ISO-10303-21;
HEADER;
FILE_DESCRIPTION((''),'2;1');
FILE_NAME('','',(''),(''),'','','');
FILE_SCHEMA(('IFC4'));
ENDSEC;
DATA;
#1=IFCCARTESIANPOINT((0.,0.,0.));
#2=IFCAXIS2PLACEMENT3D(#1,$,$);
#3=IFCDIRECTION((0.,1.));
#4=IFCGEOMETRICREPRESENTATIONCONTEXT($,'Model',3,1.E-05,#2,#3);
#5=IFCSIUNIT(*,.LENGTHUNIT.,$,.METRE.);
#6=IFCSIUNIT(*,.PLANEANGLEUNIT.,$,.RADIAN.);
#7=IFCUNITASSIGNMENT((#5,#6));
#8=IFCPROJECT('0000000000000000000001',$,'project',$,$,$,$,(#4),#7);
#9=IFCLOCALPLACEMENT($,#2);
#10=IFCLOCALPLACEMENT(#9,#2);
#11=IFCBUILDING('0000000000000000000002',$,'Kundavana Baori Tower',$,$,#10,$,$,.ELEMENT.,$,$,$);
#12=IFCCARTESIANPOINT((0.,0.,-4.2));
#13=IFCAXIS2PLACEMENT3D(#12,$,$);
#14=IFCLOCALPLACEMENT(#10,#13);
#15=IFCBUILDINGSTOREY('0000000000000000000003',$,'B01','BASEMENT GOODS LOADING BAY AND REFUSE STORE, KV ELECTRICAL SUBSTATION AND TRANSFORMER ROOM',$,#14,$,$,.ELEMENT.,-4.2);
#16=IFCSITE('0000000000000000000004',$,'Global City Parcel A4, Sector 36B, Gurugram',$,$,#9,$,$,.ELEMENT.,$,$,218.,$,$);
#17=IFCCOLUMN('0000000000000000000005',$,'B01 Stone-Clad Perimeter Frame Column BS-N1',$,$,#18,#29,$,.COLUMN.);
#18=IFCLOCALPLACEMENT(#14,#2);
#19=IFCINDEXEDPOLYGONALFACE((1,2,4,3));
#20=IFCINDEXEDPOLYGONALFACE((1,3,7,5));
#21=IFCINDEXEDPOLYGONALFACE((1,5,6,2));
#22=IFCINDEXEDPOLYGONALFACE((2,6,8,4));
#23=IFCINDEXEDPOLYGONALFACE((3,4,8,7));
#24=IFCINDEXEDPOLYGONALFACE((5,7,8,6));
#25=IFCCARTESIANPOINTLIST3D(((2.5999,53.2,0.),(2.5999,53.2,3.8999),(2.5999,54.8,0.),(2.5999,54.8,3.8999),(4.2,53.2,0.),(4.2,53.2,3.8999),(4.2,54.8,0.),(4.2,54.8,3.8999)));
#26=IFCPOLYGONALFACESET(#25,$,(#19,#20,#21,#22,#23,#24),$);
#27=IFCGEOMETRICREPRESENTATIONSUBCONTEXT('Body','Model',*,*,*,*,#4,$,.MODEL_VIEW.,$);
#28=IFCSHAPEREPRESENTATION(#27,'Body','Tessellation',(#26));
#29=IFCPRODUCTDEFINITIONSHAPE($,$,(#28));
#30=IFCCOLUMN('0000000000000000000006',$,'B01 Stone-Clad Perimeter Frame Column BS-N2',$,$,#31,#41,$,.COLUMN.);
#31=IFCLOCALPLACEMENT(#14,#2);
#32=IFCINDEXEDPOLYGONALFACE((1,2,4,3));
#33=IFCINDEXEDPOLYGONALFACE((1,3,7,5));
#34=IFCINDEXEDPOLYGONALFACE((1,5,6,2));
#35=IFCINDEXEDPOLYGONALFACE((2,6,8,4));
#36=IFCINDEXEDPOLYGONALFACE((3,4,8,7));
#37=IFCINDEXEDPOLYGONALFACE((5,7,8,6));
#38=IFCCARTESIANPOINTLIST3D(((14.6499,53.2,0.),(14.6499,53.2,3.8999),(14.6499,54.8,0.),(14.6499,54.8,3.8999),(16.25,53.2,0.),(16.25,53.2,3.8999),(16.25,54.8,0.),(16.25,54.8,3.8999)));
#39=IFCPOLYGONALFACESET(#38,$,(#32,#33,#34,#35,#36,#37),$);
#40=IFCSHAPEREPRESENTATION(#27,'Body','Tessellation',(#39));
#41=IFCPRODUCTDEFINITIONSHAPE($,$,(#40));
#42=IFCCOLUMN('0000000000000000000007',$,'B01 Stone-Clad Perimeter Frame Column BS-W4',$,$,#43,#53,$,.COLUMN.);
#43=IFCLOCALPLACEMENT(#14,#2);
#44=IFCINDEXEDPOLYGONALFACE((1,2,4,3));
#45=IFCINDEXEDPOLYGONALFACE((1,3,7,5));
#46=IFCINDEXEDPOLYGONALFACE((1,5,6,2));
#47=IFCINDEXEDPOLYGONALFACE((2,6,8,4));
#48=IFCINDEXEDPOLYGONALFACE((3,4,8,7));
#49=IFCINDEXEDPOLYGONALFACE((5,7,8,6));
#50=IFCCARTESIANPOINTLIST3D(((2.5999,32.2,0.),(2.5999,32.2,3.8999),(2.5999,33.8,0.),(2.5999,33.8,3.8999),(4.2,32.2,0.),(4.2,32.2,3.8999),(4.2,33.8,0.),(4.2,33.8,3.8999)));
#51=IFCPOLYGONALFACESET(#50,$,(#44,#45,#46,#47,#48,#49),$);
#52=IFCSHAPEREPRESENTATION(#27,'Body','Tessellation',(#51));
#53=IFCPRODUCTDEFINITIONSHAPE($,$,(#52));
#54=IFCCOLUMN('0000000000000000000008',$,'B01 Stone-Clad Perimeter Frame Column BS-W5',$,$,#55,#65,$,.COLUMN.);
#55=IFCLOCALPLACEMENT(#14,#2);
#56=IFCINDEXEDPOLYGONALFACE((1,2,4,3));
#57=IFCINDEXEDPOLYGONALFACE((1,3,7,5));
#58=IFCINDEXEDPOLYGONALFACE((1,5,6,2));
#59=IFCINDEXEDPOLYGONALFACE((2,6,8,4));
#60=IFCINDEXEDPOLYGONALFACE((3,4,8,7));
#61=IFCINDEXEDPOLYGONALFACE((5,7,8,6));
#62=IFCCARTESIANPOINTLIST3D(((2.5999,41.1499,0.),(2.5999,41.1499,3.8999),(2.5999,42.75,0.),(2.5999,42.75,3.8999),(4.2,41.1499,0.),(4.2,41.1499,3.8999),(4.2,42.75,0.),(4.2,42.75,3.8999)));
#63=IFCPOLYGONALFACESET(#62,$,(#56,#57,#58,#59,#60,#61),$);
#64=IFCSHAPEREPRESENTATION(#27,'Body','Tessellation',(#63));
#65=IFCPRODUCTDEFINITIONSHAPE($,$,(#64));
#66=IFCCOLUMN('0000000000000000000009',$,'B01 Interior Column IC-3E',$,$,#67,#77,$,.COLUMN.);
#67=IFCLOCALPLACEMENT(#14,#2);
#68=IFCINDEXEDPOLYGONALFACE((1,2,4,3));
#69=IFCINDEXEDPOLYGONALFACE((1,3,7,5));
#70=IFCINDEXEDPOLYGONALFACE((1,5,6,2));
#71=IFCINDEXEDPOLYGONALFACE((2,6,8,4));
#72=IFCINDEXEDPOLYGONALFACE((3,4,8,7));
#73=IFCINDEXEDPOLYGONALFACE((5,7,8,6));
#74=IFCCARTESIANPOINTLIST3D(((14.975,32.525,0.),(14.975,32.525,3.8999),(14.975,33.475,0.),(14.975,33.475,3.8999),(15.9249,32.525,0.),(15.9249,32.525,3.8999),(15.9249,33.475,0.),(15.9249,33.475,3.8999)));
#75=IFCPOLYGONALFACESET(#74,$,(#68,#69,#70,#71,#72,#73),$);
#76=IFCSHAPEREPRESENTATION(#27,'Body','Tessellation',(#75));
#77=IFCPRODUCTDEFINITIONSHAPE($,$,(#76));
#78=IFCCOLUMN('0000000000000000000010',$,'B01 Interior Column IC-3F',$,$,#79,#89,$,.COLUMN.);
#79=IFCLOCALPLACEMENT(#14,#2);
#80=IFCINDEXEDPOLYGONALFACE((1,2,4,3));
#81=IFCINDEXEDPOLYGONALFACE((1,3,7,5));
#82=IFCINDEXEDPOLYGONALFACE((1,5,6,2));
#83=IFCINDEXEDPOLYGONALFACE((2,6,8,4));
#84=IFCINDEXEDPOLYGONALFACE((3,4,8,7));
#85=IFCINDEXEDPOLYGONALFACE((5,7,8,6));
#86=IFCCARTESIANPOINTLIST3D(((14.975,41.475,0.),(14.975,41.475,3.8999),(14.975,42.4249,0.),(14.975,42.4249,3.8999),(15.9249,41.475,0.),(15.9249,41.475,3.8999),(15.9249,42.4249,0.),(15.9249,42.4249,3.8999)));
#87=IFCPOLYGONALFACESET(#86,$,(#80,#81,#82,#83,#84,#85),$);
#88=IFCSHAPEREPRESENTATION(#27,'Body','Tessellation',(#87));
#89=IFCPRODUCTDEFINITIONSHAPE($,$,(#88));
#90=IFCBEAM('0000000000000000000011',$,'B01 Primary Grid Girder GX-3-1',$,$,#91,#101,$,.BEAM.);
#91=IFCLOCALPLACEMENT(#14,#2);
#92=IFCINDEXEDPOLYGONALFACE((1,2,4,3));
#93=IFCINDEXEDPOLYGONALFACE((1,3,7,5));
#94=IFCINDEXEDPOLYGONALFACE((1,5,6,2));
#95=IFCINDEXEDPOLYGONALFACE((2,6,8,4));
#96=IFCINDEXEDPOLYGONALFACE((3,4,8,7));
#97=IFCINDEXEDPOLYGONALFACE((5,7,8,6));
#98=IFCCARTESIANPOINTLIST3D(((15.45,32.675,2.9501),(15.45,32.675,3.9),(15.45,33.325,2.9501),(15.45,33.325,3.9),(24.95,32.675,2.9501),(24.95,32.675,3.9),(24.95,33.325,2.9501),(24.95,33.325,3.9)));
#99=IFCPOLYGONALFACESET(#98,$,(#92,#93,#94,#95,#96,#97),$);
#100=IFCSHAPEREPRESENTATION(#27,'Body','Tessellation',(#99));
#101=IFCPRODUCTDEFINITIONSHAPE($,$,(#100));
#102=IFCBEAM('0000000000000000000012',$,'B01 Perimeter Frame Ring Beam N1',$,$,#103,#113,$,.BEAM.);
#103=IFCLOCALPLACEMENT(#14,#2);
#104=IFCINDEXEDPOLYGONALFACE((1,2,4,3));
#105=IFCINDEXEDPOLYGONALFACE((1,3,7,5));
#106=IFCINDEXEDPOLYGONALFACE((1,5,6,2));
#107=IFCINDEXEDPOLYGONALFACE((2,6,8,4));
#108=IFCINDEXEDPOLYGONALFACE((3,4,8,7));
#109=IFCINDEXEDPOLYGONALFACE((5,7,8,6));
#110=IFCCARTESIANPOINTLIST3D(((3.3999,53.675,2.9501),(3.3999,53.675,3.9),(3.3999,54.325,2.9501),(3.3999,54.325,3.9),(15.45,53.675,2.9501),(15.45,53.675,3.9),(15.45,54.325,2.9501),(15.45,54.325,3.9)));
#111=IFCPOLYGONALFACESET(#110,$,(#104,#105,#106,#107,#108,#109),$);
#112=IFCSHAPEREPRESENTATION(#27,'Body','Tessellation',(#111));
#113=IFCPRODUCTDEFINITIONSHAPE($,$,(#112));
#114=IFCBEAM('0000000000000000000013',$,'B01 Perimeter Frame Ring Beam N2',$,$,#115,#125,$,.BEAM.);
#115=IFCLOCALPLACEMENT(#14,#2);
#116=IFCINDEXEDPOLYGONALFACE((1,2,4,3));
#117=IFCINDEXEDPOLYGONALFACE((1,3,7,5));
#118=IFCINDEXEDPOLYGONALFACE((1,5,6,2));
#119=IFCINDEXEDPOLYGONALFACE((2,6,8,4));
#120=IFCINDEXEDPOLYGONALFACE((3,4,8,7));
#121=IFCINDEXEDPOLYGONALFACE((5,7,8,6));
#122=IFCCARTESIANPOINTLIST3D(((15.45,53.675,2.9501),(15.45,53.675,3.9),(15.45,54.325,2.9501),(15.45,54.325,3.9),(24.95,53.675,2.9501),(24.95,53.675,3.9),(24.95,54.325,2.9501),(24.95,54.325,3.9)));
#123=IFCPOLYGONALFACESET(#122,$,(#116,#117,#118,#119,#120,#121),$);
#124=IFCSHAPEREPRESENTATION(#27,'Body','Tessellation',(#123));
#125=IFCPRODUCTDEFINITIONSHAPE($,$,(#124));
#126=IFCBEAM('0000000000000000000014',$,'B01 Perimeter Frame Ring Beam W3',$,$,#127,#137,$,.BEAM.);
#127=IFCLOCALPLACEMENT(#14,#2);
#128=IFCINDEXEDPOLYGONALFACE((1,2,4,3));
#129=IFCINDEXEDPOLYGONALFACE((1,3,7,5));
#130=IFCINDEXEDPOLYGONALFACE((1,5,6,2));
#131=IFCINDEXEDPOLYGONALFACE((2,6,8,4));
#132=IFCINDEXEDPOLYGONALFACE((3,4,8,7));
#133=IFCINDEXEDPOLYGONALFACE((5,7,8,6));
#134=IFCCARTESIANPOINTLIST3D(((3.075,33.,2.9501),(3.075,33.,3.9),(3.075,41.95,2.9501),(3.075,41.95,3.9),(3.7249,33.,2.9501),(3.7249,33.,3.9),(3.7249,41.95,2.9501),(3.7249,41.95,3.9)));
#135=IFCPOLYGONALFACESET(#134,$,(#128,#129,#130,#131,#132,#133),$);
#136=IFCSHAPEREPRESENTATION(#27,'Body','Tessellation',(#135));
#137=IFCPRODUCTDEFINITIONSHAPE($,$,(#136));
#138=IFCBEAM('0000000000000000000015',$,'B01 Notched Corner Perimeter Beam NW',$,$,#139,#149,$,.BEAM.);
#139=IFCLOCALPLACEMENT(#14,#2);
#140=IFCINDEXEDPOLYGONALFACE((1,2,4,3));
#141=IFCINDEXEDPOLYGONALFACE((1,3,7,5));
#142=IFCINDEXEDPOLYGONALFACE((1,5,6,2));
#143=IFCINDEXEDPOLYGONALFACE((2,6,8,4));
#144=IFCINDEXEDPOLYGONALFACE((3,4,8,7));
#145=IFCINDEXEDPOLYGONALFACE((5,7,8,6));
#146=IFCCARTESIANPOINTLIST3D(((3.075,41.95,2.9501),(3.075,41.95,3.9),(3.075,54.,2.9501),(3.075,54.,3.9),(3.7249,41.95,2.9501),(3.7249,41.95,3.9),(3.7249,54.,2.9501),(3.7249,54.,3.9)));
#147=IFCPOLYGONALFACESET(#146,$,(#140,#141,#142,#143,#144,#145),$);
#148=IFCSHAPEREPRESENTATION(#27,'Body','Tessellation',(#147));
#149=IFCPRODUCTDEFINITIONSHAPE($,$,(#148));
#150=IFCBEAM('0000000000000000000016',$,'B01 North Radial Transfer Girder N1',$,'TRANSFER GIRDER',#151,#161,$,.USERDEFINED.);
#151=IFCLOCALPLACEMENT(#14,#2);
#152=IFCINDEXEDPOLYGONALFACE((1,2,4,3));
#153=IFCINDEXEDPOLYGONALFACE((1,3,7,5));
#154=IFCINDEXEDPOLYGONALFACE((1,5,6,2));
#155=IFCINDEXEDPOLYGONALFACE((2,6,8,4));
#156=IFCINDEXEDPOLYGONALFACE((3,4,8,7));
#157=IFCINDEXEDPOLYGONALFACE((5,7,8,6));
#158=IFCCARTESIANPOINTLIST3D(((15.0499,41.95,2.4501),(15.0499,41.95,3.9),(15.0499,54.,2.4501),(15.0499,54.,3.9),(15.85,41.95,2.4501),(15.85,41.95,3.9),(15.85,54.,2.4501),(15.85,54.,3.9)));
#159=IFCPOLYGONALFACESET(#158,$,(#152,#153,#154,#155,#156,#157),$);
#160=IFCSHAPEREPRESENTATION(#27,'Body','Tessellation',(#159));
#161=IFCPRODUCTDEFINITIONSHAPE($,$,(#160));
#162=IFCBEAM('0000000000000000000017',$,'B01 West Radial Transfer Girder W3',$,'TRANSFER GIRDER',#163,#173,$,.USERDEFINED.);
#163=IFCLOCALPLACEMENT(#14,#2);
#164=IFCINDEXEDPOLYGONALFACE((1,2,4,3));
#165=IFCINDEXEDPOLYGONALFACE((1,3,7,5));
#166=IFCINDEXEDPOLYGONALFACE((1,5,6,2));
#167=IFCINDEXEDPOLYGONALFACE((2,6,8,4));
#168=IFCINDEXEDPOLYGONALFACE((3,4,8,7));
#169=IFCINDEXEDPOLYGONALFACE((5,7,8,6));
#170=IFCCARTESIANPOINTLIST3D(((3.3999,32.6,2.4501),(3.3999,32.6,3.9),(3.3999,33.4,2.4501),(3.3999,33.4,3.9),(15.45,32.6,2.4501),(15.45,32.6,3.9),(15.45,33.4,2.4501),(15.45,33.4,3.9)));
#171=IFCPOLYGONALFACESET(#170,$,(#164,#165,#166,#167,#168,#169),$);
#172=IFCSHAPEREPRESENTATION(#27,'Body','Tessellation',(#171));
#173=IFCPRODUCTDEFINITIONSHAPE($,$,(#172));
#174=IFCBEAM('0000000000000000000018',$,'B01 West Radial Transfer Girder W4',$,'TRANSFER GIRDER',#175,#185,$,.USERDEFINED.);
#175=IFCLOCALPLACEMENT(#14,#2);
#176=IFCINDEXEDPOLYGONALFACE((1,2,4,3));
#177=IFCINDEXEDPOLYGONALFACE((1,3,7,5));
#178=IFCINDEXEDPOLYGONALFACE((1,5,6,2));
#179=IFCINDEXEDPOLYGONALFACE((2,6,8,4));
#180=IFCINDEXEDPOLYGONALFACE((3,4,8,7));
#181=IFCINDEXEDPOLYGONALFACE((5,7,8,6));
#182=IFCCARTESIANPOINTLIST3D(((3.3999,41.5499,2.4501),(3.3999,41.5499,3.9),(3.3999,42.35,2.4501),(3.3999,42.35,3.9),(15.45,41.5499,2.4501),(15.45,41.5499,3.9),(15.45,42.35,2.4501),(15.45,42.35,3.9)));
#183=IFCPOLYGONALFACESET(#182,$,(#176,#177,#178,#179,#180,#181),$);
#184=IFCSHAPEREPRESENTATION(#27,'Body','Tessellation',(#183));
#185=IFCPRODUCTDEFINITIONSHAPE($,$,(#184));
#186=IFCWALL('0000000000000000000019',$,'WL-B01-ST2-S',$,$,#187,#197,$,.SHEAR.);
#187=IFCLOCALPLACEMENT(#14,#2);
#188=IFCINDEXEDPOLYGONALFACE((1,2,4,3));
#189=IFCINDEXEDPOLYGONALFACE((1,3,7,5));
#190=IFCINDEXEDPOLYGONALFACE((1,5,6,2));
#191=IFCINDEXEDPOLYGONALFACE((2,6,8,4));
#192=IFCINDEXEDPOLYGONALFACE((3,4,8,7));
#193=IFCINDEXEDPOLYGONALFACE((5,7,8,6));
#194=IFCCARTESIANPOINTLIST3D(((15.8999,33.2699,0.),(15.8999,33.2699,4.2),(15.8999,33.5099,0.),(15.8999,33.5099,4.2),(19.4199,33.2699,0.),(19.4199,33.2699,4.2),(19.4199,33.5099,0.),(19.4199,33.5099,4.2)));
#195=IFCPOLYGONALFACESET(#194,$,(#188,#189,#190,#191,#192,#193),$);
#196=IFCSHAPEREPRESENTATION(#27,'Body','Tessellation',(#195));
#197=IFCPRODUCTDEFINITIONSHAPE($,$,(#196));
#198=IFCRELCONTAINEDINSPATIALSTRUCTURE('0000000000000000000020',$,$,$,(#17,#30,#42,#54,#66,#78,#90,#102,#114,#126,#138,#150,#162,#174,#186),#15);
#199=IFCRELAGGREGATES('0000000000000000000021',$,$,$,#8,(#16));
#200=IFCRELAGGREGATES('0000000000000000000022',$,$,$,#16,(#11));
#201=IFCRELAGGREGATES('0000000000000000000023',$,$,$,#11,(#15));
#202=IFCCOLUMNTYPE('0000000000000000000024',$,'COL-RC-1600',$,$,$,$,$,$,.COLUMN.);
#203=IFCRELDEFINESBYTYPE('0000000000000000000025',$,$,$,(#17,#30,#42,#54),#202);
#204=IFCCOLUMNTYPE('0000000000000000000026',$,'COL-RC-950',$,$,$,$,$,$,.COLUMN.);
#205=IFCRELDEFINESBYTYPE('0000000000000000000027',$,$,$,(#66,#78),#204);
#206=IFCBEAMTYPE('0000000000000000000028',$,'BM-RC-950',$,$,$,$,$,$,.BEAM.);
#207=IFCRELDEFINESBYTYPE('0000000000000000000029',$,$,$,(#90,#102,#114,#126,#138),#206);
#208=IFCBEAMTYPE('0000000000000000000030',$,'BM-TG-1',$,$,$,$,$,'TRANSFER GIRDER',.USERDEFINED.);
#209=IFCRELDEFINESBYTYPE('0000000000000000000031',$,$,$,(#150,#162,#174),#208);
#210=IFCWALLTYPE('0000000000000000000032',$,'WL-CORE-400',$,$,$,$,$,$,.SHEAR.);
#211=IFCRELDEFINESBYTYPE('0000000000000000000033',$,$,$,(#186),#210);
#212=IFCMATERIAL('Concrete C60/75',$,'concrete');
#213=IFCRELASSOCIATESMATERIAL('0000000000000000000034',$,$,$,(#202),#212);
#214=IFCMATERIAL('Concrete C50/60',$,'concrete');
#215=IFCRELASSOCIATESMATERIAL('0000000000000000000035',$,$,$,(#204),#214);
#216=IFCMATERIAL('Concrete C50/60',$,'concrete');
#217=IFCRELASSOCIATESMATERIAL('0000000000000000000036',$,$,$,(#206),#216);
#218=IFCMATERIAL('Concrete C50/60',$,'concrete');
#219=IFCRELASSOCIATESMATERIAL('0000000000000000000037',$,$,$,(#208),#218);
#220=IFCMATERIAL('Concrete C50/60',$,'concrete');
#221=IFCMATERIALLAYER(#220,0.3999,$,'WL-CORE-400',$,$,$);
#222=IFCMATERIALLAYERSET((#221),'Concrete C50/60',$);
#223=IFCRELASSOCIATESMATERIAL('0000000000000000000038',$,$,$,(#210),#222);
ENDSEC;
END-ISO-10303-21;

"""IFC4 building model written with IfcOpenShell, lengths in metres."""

from ifc_helpers import new_model, si_unit, direction, frame, frame_2d, origin, origin_2d, place, context, subcontext, project, spatial, rectangle, extrude, material, layer, layer_set, material_profile, profile_set, type_object, element, save


model = new_model("IFC4")

# Units and contexts
model_context = context("Model", 3, precision=1e-05, world=origin(), true_north=direction((0.0, 1.0)))
body_context = subcontext(model_context, "Body", "Model", "MODEL_VIEW")
ifc_project = project(units=[si_unit("LENGTHUNIT", "METRE"), si_unit("PLANEANGLEUNIT", "RADIAN")], contexts=[model_context])

# Site, building, storey
site_placement = place(None, origin())
site = spatial("IfcSite", under=ifc_project, at=site_placement, Name="Global City Parcel A4, Sector 36B, Gurugram", CompositionType="ELEMENT", RefElevation=218.0)
building_placement = place(site_placement, origin())
building = spatial("IfcBuilding", under=site, at=building_placement, Name="Kundavana Baori Tower", CompositionType="ELEMENT")
storey_placement = place(building_placement, frame((0.0, 0.0, -4.2)))
storey = spatial("IfcBuildingStorey", under=building, at=storey_placement, Name="B01", Description="BASEMENT GOODS LOADING BAY AND REFUSE STORE, KV ELECTRICAL SUBSTATION AND TRANSFORMER ROOM", CompositionType="ELEMENT", Elevation=-4.2)

# Columns
ifc_material_1 = material(Name="Concrete C60/75", Category="concrete")
ifc_material_profile_1 = material_profile(ifc_material_1, rectangle(XDim=1.6001, YDim=1.6001, at=origin_2d()), Name="RC 1600x1600")
ifc_profile_set_1 = profile_set([ifc_material_profile_1], Name="Concrete C60/75")
column_type_1 = type_object("IfcColumnType", Name="COL-RC-1600", PredefinedType="COLUMN", material=ifc_profile_set_1)
for number, where, z_axis, x_axis, name in (
    (1, (3.3999, 54.0, 0.0), (0.0, 0.0, 1.0), (1.0, 0.0, 0.0), "B01 Stone-Clad Perimeter Frame Column BS-N1"),
    (2, (15.45, 54.0, 0.0), (0.0, 0.0, 1.0), (1.0, 0.0, 0.0), "B01 Stone-Clad Perimeter Frame Column BS-N2"),
    (3, (3.3999, 33.0, 0.0), (0.0, 0.0, 1.0), (1.0, 0.0, 0.0), "B01 Stone-Clad Perimeter Frame Column BS-W4"),
    (4, (3.3999, 41.95, 0.0), (0.0, 0.0, 1.0), (1.0, 0.0, 0.0), "B01 Stone-Clad Perimeter Frame Column BS-W5"),
):
    element("IfcColumn", number, at=place(storey_placement, frame(where, z_axis=z_axis, x_axis=x_axis)), inside=storey, type_object=column_type_1, Name=name, PredefinedType="COLUMN", context=body_context, shape_type="SweptSolid", body=[
        extrude(rectangle(XDim=1.6001, YDim=1.6001, at=origin_2d()), origin(), (0.0, 0.0, 1.0), 3.8999),
    ])
ifc_material_2 = material(Name="Concrete C50/60", Category="concrete")
ifc_material_profile_2 = material_profile(ifc_material_2, rectangle(XDim=0.95, YDim=0.95, at=origin_2d()), Name="RC 950x950")
ifc_profile_set_2 = profile_set([ifc_material_profile_2], Name="Concrete C50/60")
column_type_2 = type_object("IfcColumnType", Name="COL-RC-950", PredefinedType="COLUMN", material=ifc_profile_set_2)
for number, where, z_axis, x_axis, name in (
    (5, (15.45, 33.0, 0.0), (0.0, 0.0, 1.0), (1.0, 0.0, 0.0), "B01 Interior Column IC-3E"),
    (6, (15.45, 41.95, 0.0), (0.0, 0.0, 1.0), (1.0, 0.0, 0.0), "B01 Interior Column IC-3F"),
):
    element("IfcColumn", number, at=place(storey_placement, frame(where, z_axis=z_axis, x_axis=x_axis)), inside=storey, type_object=column_type_2, Name=name, PredefinedType="COLUMN", context=body_context, shape_type="SweptSolid", body=[
        extrude(rectangle(XDim=0.95, YDim=0.95, at=origin_2d()), origin(), (0.0, 0.0, 1.0), 3.8999),
    ])

# Beams
ifc_material_3 = material(Name="Concrete C50/60", Category="concrete")
ifc_material_profile_3 = material_profile(ifc_material_3, rectangle(XDim=0.6499, YDim=0.95, at=origin_2d()), Name="RC BM 650x950")
ifc_profile_set_3 = profile_set([ifc_material_profile_3], Name="Concrete C50/60")
beam_type_1 = type_object("IfcBeamType", Name="BM-RC-950", PredefinedType="BEAM", material=ifc_profile_set_3)
beam_1_placement = place(storey_placement, frame((15.45, 33.0, 3.425), z_axis=(1.0, 0.0, 0.0), x_axis=(0.0, 1.0, 0.0)))
element("IfcBeam", 7, at=beam_1_placement, inside=storey, type_object=beam_type_1, Name="B01 Primary Grid Girder GX-3-1", PredefinedType="BEAM", context=body_context, shape_type="SweptSolid", body=[
    extrude(rectangle(XDim=0.6499, YDim=0.95, at=origin_2d()), origin(), (0.0, 0.0, 1.0), 9.5),
])
beam_2_placement = place(storey_placement, frame((3.3999, 54.0, 3.425), z_axis=(1.0, 0.0, 0.0), x_axis=(0.0, 1.0, 0.0)))
element("IfcBeam", 8, at=beam_2_placement, inside=storey, type_object=beam_type_1, Name="B01 Perimeter Frame Ring Beam N1", PredefinedType="BEAM", context=body_context, shape_type="SweptSolid", body=[
    extrude(rectangle(XDim=0.6499, YDim=0.95, at=origin_2d()), origin(), (0.0, 0.0, 1.0), 12.05),
])
beam_3_placement = place(storey_placement, frame((15.45, 54.0, 3.425), z_axis=(1.0, 0.0, 0.0), x_axis=(0.0, 1.0, 0.0)))
element("IfcBeam", 9, at=beam_3_placement, inside=storey, type_object=beam_type_1, Name="B01 Perimeter Frame Ring Beam N2", PredefinedType="BEAM", context=body_context, shape_type="SweptSolid", body=[
    extrude(rectangle(XDim=0.6499, YDim=0.95, at=origin_2d()), origin(), (0.0, 0.0, 1.0), 9.5),
])
beam_4_placement = place(storey_placement, frame((3.3999, 33.0, 3.425), z_axis=(0.0, 1.0, 0.0), x_axis=(-1.0, 0.0, 0.0)))
element("IfcBeam", 10, at=beam_4_placement, inside=storey, type_object=beam_type_1, Name="B01 Perimeter Frame Ring Beam W3", PredefinedType="BEAM", context=body_context, shape_type="SweptSolid", body=[
    extrude(rectangle(XDim=0.6499, YDim=0.95, at=origin_2d()), origin(), (0.0, 0.0, 1.0), 8.95),
])
beam_5_placement = place(storey_placement, frame((3.3999, 54.0, 3.425), z_axis=(0.0, -1.0, 0.0), x_axis=(1.0, 0.0, 0.0)))
element("IfcBeam", 11, at=beam_5_placement, inside=storey, type_object=beam_type_1, Name="B01 Notched Corner Perimeter Beam NW", PredefinedType="BEAM", context=body_context, shape_type="SweptSolid", body=[
    extrude(rectangle(XDim=0.6499, YDim=0.95, at=origin_2d()), origin(), (0.0, 0.0, 1.0), 12.05),
])
ifc_material_4 = material(Name="Concrete C50/60", Category="concrete")
ifc_material_profile_4 = material_profile(ifc_material_4, rectangle(XDim=0.8, YDim=1.45, at=origin_2d()), Name="BM-TG-1")
ifc_profile_set_4 = profile_set([ifc_material_profile_4], Name="Concrete C50/60")
beam_type_2 = type_object("IfcBeamType", Name="BM-TG-1", ElementType="TRANSFER GIRDER", PredefinedType="USERDEFINED", material=ifc_profile_set_4)
for number, where, z_axis, x_axis, name in (
    (12, (15.45, 41.95, 3.175), (0.0, 1.0, 0.0), (-1.0, 0.0, 0.0), "B01 North Radial Transfer Girder N1"),
    (13, (15.45, 33.0, 3.175), (-1.0, 0.0, 0.0), (0.0, -1.0, 0.0), "B01 West Radial Transfer Girder W3"),
    (14, (15.45, 41.95, 3.175), (-1.0, 0.0, 0.0), (0.0, -1.0, 0.0), "B01 West Radial Transfer Girder W4"),
):
    element("IfcBeam", number, at=place(storey_placement, frame(where, z_axis=z_axis, x_axis=x_axis)), inside=storey, type_object=beam_type_2, Name=name, ObjectType="TRANSFER GIRDER", PredefinedType="USERDEFINED", context=body_context, shape_type="SweptSolid", body=[
        extrude(rectangle(XDim=0.8, YDim=1.45, at=origin_2d()), origin(), (0.0, 0.0, 1.0), 12.05),
    ])

# Wall
ifc_material_5 = material(Name="Concrete C50/60", Category="concrete")
ifc_layer_1 = layer(ifc_material_5, 0.3999, Name="WL-CORE-400")
ifc_layer_set_1 = layer_set([ifc_layer_1], Name="Concrete C50/60")
wall_type_1 = type_object("IfcWallType", Name="WL-CORE-400", PredefinedType="SHEAR", material=ifc_layer_set_1)
wall_1_placement = place(storey_placement, frame((15.8999, 33.3899, 0.0), z_axis=(0.0, 0.0, 1.0), x_axis=(1.0, 0.0, 0.0)))
element("IfcWall", 15, at=wall_1_placement, inside=storey, type_object=wall_type_1, Name="WL-B01-ST2-S", PredefinedType="SHEAR", context=body_context, shape_type="SweptSolid", body=[
    extrude(rectangle(XDim=3.52, YDim=0.24, at=frame_2d((1.76, 0.0))), origin(), (0.0, 0.0, 1.0), 4.2),
])

save(model, "model.ifc")
